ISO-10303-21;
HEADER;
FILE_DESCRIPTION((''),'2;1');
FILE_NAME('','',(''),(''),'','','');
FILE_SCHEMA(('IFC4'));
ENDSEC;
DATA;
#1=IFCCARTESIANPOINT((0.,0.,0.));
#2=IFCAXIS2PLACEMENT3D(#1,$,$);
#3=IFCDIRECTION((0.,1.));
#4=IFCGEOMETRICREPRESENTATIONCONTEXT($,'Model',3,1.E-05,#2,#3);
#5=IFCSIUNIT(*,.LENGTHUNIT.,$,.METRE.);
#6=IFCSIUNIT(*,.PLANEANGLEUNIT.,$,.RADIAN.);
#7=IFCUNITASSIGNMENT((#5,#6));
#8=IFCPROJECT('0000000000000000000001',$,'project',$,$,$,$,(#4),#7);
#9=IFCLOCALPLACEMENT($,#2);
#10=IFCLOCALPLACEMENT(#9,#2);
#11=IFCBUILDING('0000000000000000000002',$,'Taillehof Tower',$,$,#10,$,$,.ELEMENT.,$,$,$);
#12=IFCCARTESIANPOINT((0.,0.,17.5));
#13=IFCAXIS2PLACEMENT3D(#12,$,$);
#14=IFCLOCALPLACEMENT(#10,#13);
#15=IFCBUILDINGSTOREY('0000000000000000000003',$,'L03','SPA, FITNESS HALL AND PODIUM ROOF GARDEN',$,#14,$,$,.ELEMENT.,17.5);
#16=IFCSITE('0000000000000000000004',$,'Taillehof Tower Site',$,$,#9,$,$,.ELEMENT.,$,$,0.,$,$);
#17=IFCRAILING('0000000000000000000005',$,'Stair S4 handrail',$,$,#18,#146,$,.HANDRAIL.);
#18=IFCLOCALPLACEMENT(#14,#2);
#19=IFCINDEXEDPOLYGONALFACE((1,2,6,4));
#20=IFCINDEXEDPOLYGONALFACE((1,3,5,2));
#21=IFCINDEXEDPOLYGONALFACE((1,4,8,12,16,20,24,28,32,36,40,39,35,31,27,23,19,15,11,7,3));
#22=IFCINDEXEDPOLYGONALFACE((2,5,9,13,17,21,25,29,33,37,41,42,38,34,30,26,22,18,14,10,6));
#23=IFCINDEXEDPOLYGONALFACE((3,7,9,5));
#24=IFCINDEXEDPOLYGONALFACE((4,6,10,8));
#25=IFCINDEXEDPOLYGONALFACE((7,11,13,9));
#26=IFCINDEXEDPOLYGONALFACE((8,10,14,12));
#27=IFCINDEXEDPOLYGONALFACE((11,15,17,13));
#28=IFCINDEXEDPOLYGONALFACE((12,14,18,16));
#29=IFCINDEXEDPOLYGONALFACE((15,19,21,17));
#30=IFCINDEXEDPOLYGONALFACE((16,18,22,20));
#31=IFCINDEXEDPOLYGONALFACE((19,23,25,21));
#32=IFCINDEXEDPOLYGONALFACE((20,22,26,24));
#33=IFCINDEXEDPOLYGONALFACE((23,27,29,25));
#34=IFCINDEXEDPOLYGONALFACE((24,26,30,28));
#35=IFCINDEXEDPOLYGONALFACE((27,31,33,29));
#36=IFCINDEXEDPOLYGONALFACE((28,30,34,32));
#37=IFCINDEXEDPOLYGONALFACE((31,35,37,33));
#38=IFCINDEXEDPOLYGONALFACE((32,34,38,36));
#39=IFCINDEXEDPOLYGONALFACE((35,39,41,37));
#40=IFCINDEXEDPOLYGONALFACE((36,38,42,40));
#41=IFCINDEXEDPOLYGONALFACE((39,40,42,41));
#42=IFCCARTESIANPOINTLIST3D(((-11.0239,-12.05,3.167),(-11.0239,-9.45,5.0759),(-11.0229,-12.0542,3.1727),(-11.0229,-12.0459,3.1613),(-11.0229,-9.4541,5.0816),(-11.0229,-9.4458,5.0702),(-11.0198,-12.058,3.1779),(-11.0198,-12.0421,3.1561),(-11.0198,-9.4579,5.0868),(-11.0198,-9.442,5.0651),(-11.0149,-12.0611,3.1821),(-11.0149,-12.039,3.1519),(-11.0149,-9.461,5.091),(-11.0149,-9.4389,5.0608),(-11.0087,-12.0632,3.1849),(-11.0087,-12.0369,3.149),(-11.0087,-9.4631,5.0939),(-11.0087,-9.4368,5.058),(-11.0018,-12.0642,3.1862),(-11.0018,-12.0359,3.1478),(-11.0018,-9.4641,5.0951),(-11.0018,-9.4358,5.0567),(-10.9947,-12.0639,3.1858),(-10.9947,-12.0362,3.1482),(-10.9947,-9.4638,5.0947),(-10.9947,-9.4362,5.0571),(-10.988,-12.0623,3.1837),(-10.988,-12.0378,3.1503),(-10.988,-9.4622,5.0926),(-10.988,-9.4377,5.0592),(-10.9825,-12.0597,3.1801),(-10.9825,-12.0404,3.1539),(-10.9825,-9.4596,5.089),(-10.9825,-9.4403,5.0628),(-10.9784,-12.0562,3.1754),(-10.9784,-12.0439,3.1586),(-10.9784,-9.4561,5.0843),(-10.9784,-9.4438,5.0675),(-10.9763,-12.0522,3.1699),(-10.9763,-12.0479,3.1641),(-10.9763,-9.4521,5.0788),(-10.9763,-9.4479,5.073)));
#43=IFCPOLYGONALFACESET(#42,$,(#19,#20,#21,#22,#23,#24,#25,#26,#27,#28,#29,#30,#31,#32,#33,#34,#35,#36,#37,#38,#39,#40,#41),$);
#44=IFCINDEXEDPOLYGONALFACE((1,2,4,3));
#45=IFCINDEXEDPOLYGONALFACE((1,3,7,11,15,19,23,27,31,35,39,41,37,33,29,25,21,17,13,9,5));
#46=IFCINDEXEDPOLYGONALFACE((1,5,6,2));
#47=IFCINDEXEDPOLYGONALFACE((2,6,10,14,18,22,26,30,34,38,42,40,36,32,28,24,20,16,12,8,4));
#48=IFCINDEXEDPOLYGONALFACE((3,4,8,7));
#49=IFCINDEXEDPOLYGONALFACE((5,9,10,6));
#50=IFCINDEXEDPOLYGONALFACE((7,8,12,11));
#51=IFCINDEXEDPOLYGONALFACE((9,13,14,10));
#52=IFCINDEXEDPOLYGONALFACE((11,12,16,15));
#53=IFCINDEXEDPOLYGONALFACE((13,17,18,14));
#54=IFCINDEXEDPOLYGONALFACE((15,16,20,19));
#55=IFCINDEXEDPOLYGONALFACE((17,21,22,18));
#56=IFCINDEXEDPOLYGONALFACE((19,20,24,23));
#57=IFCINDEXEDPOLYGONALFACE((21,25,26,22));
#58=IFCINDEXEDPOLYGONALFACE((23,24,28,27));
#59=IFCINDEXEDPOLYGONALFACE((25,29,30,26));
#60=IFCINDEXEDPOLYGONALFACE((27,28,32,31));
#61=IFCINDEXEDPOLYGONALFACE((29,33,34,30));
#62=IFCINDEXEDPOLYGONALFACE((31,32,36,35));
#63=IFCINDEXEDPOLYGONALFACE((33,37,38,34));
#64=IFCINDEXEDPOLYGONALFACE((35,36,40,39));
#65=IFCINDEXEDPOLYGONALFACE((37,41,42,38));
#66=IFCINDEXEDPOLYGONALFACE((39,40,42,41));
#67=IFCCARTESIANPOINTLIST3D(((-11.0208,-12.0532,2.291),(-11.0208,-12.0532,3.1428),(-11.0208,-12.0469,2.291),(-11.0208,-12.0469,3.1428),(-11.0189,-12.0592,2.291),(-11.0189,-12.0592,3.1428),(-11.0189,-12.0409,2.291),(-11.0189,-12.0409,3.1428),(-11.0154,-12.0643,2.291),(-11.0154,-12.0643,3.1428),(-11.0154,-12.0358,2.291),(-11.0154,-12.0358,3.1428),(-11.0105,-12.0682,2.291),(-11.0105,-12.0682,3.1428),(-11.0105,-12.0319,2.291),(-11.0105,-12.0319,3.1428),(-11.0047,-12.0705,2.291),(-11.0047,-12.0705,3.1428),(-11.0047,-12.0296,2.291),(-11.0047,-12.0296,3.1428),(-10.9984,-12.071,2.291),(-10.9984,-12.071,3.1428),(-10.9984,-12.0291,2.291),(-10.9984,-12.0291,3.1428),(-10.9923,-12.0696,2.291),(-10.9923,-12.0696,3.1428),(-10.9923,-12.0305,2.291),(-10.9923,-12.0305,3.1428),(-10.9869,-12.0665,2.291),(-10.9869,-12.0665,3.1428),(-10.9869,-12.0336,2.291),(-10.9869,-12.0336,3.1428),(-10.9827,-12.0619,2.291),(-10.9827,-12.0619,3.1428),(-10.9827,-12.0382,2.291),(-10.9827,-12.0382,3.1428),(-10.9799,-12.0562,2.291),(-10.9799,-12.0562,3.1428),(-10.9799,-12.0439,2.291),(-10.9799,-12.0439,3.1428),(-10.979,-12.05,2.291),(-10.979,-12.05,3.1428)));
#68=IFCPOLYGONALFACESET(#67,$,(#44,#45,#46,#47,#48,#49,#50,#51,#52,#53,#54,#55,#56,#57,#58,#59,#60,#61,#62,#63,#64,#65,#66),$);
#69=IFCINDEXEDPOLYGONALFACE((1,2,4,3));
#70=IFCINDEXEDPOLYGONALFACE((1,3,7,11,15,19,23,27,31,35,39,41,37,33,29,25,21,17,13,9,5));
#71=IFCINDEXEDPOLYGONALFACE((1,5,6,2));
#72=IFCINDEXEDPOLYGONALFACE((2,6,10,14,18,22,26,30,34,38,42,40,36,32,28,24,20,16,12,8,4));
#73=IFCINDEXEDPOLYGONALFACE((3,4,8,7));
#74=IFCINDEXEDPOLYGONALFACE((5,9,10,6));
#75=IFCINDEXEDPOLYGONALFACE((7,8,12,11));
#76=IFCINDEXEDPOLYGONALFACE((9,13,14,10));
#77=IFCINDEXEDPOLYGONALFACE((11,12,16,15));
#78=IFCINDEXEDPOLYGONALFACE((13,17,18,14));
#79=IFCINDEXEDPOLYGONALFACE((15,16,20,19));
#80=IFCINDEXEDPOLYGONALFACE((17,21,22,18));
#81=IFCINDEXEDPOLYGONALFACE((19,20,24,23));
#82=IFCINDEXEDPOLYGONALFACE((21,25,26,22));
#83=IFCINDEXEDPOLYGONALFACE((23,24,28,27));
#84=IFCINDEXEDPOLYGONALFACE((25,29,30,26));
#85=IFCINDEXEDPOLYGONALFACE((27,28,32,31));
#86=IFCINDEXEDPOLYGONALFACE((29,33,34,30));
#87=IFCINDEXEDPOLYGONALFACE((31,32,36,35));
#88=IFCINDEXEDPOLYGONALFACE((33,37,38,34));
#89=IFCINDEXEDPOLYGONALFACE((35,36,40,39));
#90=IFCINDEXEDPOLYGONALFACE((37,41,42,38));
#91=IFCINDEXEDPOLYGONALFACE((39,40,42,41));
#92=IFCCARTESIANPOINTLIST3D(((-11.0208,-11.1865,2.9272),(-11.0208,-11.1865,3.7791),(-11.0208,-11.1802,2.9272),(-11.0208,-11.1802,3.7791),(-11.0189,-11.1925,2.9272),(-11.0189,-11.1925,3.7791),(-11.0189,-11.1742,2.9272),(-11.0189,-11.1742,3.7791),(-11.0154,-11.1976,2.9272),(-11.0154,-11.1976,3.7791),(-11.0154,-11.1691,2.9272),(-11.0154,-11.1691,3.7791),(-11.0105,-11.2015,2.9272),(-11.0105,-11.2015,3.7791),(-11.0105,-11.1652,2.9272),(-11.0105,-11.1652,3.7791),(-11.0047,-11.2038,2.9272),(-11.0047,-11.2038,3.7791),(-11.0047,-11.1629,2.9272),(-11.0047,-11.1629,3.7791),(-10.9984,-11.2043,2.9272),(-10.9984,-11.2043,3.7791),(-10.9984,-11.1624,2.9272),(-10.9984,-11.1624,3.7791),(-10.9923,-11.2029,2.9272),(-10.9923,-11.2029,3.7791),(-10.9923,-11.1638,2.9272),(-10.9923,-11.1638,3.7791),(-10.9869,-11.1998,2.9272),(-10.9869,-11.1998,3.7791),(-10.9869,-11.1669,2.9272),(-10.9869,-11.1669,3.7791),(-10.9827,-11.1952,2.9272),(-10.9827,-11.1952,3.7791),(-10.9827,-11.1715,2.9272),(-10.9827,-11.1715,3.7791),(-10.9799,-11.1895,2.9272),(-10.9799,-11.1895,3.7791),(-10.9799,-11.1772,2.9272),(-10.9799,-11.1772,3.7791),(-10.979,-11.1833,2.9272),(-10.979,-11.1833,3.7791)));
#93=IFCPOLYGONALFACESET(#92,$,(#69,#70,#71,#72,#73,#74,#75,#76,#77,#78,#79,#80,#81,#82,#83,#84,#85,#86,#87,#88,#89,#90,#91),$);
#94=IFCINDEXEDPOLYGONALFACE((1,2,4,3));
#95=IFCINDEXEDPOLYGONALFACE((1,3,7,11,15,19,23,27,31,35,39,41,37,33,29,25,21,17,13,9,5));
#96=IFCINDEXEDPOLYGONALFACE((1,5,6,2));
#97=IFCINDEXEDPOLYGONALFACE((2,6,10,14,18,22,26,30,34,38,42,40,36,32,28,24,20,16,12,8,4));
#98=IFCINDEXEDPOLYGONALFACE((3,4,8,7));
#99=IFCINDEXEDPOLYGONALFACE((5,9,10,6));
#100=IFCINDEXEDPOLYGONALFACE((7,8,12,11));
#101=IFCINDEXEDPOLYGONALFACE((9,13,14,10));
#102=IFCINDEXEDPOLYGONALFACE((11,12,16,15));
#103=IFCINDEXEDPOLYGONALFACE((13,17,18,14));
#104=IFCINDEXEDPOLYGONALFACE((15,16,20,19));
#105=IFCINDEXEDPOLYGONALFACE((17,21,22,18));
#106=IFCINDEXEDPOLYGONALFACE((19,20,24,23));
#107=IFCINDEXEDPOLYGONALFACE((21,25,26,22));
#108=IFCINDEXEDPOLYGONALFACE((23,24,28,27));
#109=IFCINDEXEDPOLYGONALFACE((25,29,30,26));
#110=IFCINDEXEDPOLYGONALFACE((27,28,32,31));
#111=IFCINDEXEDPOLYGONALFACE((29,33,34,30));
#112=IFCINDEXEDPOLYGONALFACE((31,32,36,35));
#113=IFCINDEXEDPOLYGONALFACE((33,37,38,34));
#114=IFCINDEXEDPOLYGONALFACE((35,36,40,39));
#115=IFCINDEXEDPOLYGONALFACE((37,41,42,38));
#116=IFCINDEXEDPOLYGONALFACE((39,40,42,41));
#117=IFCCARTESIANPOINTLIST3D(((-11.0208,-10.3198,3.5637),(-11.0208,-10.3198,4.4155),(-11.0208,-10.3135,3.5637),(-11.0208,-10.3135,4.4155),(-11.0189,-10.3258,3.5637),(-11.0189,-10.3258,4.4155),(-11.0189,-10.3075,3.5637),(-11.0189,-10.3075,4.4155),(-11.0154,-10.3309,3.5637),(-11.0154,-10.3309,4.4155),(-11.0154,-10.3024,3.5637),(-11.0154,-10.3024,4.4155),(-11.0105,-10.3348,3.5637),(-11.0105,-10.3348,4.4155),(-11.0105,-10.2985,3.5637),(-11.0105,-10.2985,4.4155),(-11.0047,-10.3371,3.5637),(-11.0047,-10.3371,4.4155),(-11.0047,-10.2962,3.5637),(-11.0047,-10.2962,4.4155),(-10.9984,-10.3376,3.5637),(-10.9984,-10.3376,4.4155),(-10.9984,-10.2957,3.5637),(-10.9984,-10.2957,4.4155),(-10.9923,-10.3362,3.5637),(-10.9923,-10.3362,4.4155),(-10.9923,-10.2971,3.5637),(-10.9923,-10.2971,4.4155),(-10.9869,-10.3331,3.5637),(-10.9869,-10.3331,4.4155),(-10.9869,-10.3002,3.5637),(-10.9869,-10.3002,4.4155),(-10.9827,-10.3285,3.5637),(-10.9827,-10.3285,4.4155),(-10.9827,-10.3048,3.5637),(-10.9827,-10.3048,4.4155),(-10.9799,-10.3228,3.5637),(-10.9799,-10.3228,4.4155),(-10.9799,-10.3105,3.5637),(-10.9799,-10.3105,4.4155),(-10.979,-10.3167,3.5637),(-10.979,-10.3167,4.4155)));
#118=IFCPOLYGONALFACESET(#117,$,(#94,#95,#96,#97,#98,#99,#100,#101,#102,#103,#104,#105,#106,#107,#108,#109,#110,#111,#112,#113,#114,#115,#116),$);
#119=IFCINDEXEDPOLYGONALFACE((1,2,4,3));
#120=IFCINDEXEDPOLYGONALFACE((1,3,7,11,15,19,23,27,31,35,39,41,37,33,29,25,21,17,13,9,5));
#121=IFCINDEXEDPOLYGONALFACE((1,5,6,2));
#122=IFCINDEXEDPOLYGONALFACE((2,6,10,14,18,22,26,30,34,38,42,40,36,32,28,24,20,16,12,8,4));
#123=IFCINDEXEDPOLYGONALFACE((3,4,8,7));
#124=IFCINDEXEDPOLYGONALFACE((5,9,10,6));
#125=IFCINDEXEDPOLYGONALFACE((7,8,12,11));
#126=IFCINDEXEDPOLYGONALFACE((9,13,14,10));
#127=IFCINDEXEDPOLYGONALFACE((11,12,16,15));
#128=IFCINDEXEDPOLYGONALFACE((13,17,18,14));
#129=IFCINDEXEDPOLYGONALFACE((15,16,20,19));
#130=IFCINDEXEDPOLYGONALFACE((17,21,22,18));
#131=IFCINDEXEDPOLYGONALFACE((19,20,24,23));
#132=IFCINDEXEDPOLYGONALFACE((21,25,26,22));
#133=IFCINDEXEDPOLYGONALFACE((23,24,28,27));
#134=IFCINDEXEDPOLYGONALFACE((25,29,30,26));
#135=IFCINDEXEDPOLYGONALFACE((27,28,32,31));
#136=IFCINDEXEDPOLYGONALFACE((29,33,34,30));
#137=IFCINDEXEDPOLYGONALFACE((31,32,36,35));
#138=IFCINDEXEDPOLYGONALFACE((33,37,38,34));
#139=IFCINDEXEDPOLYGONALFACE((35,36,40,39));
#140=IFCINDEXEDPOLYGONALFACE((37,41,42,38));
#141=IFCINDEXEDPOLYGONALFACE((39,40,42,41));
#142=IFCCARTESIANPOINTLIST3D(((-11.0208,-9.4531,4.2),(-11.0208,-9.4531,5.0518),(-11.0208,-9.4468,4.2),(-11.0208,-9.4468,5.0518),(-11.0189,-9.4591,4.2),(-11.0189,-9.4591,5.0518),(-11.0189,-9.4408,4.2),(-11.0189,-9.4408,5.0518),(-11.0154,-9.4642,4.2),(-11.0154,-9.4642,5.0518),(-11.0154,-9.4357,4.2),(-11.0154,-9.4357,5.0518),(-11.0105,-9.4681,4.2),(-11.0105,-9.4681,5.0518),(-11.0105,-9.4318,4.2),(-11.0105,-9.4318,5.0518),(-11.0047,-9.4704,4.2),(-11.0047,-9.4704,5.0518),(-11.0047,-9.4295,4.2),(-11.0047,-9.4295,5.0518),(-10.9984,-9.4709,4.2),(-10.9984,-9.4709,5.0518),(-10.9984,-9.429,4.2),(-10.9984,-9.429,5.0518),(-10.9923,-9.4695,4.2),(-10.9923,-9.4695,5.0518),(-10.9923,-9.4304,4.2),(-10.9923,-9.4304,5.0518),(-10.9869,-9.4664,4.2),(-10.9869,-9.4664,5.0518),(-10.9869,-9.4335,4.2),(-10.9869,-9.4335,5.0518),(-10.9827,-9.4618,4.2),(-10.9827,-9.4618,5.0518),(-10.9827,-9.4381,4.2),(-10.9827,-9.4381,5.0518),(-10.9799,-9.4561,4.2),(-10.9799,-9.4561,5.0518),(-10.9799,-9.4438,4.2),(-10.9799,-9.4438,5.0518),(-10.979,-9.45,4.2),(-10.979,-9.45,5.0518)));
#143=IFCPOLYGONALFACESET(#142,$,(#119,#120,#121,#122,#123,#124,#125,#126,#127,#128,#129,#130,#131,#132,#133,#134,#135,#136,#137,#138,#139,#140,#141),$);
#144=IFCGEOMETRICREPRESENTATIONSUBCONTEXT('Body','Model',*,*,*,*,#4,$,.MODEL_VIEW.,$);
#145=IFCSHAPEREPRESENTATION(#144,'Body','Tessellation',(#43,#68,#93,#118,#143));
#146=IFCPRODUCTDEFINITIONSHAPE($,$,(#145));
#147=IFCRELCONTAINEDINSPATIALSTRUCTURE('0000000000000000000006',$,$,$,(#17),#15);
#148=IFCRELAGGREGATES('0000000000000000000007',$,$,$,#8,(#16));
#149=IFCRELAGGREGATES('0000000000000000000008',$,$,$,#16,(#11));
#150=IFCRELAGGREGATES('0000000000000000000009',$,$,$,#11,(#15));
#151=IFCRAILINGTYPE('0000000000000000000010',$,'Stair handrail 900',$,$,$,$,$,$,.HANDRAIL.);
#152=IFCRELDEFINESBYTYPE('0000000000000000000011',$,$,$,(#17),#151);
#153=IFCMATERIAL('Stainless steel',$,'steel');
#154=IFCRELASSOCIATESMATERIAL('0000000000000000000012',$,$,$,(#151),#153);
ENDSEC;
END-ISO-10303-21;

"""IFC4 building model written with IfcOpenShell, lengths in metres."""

from ifc_helpers import new_model, si_unit, direction, frame, origin, origin_2d, place, context, subcontext, project, spatial, circle, extrude, material, type_object, element, save


model = new_model("IFC4")

# Units and contexts
model_context = context("Model", 3, precision=1e-05, world=origin(), true_north=direction((0.0, 1.0)))
body_context = subcontext(model_context, "Body", "Model", "MODEL_VIEW")
ifc_project = project(units=[si_unit("LENGTHUNIT", "METRE"), si_unit("PLANEANGLEUNIT", "RADIAN")], contexts=[model_context])

# Site, building, storey
site_placement = place(None, origin())
site = spatial("IfcSite", under=ifc_project, at=site_placement, Name="Taillehof Tower Site", CompositionType="ELEMENT", RefElevation=0.0)
building_placement = place(site_placement, origin())
building = spatial("IfcBuilding", under=site, at=building_placement, Name="Taillehof Tower", CompositionType="ELEMENT")
storey_placement = place(building_placement, frame((0.0, 0.0, 17.5)))
storey = spatial("IfcBuildingStorey", under=building, at=storey_placement, Name="L03", Description="SPA, FITNESS HALL AND PODIUM ROOF GARDEN", CompositionType="ELEMENT", Elevation=17.5)

# Railing
ifc_material_1 = material(Name="Stainless steel", Category="steel")
railing_type_1 = type_object("IfcRailingType", Name="Stair handrail 900", PredefinedType="HANDRAIL", material=ifc_material_1)
railing_1_placement = place(storey_placement, frame((-11.0, -12.05, 2.291)))
element("IfcRailing", 1, at=railing_1_placement, inside=storey, type_object=railing_type_1, Name="Stair S4 handrail", PredefinedType="HANDRAIL", context=body_context, shape_type="SweptSolid", body=[
    extrude(circle(Radius=0.0239, at=origin_2d()), frame((0.0, 0.0, 0.876), z_axis=(0.0, 0.80608, 0.591807), x_axis=(-1.0, 0.0, 0.0)), (0.0, 0.0, 1.0), 3.2256),
    extrude(circle(Radius=0.021, at=origin_2d()), origin(), (0.0, 0.0, 1.0), 0.8518),
    extrude(circle(Radius=0.021, at=origin_2d()), frame((0.0, 0.8667, 0.6362)), (0.0, 0.0, 1.0), 0.8518),
    extrude(circle(Radius=0.021, at=origin_2d()), frame((0.0, 1.7334, 1.2727)), (0.0, 0.0, 1.0), 0.8518),
    extrude(circle(Radius=0.021, at=origin_2d()), frame((0.0, 2.6001, 1.9089)), (0.0, 0.0, 1.0), 0.8518),
])

save(model, "model.ifc")
